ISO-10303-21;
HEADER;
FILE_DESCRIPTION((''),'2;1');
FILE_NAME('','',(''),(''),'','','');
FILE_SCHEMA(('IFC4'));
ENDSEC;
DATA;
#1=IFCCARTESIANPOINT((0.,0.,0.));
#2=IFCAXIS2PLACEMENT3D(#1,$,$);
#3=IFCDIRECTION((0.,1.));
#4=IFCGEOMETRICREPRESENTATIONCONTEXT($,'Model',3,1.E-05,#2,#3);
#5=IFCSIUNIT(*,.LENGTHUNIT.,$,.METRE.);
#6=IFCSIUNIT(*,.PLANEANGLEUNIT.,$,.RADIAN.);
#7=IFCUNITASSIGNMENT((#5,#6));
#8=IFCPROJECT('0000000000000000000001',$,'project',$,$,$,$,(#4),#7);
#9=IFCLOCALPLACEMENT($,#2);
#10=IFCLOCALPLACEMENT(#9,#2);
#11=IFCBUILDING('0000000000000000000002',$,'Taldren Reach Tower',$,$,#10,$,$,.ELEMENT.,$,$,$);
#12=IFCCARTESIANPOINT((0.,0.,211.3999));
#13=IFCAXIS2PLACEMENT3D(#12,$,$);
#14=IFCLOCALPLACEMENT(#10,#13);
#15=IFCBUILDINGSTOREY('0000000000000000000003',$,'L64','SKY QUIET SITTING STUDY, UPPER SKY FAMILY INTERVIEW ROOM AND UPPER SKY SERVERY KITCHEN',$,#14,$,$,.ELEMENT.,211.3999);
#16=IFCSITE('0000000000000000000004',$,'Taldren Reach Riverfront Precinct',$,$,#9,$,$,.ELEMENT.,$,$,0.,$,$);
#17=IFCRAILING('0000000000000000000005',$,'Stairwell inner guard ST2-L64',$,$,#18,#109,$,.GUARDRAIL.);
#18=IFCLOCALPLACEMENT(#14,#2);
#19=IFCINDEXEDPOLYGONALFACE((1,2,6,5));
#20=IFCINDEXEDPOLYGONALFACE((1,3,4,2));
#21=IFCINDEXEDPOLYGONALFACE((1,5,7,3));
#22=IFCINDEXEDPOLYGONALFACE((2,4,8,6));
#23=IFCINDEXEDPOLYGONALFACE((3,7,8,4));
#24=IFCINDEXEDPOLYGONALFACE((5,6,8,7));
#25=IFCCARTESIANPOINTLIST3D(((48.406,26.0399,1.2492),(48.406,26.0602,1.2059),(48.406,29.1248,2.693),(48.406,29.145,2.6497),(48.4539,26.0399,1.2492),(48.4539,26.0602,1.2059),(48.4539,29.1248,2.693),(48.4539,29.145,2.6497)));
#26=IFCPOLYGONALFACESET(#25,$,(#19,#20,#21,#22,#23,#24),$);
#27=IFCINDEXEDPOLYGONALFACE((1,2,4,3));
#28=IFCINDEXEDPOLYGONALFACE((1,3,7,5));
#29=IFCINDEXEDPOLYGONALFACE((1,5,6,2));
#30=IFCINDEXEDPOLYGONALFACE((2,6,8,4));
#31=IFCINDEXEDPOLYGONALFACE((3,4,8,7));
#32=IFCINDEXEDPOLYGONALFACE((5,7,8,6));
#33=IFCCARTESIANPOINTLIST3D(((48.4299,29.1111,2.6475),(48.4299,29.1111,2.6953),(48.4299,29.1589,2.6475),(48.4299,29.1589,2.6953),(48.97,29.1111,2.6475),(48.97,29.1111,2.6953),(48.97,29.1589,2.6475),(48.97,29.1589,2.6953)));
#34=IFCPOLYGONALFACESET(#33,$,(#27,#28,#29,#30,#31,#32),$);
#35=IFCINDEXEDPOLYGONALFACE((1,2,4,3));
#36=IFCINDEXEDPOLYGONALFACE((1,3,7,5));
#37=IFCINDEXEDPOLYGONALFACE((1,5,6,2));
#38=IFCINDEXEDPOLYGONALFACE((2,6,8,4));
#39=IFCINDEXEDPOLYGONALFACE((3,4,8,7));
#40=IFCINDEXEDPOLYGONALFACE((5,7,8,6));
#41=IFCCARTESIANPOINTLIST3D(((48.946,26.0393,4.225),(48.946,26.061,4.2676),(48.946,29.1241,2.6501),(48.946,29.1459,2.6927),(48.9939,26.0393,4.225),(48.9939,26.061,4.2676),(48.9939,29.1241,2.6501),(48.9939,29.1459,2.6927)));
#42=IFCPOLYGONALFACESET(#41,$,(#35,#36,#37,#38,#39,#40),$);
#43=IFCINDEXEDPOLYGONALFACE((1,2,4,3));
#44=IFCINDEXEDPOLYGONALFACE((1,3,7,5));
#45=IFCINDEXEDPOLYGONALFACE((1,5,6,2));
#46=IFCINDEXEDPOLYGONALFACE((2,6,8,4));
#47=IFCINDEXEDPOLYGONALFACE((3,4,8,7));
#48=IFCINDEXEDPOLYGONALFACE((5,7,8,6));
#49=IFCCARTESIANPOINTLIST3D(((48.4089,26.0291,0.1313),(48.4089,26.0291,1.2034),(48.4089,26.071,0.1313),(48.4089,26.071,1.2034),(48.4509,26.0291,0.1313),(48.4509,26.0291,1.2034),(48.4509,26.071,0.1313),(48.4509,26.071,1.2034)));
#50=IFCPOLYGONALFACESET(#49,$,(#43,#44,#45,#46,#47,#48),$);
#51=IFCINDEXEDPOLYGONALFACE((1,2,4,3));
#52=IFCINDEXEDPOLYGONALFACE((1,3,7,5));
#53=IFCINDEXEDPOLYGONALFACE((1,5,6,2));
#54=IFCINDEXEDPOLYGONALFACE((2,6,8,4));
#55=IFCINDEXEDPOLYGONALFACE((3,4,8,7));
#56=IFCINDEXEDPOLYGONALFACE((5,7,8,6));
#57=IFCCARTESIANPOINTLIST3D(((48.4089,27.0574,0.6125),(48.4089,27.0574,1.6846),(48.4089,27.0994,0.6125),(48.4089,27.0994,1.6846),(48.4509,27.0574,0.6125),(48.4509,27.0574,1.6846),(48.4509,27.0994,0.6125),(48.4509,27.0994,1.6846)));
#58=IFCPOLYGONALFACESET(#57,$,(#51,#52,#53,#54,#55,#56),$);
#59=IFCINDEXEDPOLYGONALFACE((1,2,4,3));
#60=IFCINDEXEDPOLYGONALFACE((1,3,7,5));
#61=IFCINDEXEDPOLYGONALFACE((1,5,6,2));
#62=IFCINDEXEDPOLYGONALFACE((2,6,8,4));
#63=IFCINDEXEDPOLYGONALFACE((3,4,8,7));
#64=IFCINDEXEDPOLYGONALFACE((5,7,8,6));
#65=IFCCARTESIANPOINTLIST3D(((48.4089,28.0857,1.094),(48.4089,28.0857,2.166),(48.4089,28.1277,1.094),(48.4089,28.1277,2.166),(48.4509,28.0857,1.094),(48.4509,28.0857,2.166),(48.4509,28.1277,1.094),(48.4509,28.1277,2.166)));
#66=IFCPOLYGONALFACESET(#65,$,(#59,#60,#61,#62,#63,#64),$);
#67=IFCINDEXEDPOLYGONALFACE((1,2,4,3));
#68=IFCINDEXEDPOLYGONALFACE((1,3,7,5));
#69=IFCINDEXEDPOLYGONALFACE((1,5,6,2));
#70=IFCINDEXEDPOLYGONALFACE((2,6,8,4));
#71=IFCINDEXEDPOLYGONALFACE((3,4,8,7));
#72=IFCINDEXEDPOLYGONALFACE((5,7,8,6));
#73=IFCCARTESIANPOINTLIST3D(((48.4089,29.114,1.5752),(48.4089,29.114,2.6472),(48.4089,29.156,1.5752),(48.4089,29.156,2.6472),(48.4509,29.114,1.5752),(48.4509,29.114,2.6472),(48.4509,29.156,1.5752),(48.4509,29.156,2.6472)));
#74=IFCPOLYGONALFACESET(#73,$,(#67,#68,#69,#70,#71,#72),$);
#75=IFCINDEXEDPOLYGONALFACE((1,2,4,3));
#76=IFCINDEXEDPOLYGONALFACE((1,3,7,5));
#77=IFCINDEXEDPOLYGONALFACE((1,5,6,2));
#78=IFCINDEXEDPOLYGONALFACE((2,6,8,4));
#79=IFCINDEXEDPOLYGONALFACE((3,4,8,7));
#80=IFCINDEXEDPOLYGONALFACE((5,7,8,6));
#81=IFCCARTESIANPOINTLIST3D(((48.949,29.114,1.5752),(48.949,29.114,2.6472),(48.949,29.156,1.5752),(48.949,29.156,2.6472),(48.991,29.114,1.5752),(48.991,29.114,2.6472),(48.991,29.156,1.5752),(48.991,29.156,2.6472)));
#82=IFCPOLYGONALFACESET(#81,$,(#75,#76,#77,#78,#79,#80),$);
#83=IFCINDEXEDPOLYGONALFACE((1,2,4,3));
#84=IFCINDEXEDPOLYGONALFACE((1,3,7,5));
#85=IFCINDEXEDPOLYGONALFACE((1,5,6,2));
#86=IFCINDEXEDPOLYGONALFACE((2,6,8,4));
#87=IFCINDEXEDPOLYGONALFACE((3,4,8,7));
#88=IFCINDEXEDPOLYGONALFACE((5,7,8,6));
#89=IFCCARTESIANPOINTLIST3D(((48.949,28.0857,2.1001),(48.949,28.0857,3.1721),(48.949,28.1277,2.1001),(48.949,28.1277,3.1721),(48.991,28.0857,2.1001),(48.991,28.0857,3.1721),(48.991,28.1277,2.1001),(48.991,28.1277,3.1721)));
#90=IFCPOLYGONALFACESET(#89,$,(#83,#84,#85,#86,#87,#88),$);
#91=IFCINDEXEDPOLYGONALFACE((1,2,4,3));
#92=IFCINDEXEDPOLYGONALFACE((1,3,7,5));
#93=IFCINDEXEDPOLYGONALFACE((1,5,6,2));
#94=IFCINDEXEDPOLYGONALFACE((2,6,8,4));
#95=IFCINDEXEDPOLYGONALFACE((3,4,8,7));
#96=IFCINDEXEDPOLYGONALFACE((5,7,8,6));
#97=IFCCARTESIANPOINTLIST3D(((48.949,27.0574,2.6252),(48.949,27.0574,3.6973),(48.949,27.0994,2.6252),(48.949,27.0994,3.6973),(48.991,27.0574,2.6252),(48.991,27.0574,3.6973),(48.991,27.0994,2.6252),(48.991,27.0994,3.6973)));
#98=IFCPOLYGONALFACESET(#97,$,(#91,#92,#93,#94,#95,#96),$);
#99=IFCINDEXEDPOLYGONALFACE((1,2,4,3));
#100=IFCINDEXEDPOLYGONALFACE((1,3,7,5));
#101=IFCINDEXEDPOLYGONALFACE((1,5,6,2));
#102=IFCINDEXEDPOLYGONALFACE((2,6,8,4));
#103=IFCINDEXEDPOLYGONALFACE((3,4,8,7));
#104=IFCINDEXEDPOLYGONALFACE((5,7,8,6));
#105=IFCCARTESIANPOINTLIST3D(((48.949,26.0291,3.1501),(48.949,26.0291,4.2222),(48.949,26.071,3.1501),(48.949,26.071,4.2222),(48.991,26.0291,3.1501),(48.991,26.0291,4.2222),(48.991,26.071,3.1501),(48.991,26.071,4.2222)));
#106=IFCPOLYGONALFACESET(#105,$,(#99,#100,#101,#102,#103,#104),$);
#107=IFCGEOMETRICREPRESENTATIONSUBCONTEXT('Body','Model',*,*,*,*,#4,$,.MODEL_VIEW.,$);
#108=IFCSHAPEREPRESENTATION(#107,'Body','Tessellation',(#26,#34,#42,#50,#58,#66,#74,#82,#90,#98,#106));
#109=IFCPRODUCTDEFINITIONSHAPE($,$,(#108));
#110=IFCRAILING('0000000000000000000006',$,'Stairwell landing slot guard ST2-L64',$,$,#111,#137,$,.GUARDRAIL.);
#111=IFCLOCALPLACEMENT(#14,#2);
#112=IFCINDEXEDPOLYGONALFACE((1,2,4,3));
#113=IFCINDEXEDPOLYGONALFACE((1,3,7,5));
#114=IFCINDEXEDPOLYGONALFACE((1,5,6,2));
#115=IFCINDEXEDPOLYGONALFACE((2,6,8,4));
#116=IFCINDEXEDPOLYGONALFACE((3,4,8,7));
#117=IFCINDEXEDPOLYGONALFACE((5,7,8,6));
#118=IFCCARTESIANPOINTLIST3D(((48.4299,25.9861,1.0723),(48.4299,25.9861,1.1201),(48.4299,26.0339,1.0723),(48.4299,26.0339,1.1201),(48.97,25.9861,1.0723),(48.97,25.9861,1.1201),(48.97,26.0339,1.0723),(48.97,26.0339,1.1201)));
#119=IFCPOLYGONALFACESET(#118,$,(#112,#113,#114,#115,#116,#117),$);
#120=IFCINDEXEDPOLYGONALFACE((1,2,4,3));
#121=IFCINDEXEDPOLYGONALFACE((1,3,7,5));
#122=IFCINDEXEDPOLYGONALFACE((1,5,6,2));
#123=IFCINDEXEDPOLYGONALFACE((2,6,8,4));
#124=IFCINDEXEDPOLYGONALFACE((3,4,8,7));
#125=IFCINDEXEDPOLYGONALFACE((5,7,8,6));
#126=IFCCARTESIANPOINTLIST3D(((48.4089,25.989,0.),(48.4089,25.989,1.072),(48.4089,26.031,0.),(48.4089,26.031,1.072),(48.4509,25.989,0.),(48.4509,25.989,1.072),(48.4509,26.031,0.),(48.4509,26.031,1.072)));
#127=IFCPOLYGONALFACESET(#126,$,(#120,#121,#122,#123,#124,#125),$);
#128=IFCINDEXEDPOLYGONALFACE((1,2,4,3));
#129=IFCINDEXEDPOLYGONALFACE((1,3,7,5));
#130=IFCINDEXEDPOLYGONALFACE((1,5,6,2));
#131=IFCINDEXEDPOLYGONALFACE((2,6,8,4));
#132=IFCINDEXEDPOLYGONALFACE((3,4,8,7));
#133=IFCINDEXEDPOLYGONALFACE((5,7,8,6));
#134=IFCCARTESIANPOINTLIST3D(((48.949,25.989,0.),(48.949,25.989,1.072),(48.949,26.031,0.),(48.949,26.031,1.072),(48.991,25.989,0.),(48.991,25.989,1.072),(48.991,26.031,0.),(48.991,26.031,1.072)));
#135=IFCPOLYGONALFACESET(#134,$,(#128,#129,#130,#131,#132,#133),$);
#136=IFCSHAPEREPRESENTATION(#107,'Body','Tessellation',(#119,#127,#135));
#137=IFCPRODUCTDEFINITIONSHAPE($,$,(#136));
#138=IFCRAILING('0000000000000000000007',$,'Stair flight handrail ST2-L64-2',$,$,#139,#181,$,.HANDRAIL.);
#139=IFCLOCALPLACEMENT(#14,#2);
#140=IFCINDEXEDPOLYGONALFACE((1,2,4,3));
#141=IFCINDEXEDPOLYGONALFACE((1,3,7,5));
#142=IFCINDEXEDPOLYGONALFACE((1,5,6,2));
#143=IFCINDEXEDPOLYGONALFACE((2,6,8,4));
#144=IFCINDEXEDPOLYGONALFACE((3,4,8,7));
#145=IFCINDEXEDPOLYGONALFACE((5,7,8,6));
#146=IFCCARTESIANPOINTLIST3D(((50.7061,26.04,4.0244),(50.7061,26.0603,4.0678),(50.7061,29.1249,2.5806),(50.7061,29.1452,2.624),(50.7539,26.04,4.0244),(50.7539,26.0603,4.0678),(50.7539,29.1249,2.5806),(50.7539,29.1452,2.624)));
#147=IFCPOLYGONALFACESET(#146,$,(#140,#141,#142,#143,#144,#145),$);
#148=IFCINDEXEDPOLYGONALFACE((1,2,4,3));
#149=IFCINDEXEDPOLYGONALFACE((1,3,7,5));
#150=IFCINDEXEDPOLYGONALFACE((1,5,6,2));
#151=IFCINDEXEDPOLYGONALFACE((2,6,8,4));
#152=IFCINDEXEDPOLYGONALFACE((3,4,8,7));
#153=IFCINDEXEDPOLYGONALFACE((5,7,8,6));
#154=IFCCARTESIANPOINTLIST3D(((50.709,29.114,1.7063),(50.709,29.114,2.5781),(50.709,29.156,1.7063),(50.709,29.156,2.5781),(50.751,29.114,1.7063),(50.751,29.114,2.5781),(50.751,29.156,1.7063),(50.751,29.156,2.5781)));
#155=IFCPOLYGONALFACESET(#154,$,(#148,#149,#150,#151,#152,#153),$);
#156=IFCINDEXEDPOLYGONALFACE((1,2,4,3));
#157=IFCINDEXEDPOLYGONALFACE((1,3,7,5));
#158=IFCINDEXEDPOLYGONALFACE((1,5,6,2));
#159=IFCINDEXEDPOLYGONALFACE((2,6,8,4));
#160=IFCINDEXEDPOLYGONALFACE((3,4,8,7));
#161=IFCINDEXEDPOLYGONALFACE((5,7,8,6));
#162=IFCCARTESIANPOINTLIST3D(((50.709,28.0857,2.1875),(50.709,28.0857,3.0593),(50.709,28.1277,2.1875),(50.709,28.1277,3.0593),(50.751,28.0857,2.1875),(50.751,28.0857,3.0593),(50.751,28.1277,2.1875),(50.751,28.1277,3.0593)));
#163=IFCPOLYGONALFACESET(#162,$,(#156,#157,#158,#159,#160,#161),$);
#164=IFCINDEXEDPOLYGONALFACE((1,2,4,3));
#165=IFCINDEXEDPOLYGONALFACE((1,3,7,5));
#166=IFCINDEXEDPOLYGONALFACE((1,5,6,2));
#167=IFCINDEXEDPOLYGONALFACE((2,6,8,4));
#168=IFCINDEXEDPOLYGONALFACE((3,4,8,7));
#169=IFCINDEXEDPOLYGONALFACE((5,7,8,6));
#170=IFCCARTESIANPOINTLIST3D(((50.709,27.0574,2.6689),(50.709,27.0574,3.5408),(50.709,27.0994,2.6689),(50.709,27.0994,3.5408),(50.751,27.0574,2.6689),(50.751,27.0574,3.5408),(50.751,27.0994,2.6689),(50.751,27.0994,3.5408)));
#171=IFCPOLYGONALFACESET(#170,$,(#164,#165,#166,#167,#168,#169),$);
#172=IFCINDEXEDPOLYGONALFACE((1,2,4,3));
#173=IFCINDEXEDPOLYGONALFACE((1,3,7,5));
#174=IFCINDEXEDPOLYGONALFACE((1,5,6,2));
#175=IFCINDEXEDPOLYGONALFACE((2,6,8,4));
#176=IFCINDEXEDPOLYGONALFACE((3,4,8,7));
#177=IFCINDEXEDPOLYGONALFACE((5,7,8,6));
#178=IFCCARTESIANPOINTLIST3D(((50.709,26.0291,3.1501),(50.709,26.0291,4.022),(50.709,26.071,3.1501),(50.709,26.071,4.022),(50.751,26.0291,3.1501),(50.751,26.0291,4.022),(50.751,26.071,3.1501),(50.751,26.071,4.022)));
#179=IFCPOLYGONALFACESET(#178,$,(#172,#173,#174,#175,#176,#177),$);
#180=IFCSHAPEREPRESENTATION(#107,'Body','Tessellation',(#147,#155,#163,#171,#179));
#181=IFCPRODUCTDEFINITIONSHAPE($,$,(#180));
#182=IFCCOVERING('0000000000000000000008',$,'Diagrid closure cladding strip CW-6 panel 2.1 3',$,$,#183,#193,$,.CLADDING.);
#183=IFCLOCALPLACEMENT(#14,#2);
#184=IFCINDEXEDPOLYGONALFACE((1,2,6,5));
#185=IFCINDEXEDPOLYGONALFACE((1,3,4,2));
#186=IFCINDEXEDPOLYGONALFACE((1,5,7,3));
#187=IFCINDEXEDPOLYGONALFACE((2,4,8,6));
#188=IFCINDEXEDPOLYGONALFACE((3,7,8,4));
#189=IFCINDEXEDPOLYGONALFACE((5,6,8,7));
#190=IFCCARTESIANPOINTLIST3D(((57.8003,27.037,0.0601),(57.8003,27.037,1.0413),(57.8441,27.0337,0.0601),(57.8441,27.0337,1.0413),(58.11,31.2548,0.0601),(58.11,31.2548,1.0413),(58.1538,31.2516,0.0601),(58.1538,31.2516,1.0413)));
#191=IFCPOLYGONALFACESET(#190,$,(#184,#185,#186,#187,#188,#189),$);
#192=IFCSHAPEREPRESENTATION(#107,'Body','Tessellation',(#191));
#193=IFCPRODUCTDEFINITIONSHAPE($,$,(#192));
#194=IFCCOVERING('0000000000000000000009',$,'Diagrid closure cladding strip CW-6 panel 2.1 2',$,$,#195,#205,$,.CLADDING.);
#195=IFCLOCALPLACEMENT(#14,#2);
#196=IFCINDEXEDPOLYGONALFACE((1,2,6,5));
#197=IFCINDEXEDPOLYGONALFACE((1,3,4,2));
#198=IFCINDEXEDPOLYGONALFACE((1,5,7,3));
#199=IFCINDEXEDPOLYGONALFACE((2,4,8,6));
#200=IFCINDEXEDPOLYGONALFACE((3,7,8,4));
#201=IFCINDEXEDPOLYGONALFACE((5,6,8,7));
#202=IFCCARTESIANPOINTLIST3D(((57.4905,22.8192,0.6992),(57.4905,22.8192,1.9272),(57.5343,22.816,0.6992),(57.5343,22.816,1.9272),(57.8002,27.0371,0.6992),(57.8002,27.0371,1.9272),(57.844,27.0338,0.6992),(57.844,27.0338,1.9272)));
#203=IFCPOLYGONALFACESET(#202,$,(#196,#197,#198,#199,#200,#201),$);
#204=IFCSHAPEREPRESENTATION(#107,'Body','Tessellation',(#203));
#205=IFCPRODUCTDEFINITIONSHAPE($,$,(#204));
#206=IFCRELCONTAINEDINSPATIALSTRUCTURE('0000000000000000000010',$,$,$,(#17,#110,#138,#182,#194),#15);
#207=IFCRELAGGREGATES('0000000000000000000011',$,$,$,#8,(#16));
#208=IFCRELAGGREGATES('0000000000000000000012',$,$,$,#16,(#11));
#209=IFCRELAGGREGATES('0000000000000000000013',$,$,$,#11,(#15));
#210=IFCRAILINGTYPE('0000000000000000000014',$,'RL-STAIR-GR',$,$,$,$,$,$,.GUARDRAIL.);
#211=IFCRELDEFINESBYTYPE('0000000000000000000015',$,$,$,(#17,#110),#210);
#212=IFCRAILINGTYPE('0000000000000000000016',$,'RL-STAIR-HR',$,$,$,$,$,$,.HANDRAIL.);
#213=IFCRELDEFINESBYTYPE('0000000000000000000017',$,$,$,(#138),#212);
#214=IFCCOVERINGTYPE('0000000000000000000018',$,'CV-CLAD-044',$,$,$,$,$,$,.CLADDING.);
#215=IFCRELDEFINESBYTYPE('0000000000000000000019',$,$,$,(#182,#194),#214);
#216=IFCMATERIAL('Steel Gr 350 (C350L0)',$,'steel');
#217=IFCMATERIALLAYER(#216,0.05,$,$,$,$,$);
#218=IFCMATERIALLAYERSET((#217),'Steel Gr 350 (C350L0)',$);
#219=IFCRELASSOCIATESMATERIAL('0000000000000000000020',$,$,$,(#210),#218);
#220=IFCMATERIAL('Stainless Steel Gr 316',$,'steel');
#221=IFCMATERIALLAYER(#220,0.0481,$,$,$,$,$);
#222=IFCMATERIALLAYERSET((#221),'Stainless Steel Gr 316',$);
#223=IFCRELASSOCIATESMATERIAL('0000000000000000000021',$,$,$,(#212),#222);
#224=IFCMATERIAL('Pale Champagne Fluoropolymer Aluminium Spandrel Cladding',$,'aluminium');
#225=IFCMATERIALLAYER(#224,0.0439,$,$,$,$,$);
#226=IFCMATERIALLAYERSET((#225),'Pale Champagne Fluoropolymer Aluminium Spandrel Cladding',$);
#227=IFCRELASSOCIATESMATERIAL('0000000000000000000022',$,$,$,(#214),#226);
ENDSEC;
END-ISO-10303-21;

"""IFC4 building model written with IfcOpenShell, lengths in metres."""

from ifc_helpers import new_model, si_unit, direction, frame, origin, origin_2d, place, context, subcontext, project, spatial, rectangle, extrude, source, transform, mapped, material, layer, layer_set, type_object, element, save


model = new_model("IFC4")

# Units and contexts
model_context = context("Model", 3, precision=1e-05, world=origin(), true_north=direction((0.0, 1.0)))
body_context = subcontext(model_context, "Body", "Model", "MODEL_VIEW")
ifc_project = project(units=[si_unit("LENGTHUNIT", "METRE"), si_unit("PLANEANGLEUNIT", "RADIAN")], contexts=[model_context])

# Site, building, storey
site_placement = place(None, origin())
site = spatial("IfcSite", under=ifc_project, at=site_placement, Name="Taldren Reach Riverfront Precinct", CompositionType="ELEMENT", RefElevation=0.0)
building_placement = place(site_placement, origin())
building = spatial("IfcBuilding", under=site, at=building_placement, Name="Taldren Reach Tower", CompositionType="ELEMENT")
storey_placement = place(building_placement, frame((0.0, 0.0, 211.3999)))
storey = spatial("IfcBuildingStorey", under=building, at=storey_placement, Name="L64", Description="SKY QUIET SITTING STUDY, UPPER SKY FAMILY INTERVIEW ROOM AND UPPER SKY SERVERY KITCHEN", CompositionType="ELEMENT", Elevation=211.3999)

# Shared definitions
ifc_material_1 = material(Name="Steel Gr 350 (C350L0)", Category="steel")

# Railings
ifc_layer_1 = layer(ifc_material_1, 0.05)
ifc_layer_set_1 = layer_set([ifc_layer_1], Name="Steel Gr 350 (C350L0)")
railing_type_1 = type_object("IfcRailingType", Name="RL-STAIR-GR", PredefinedType="GUARDRAIL", material=ifc_layer_set_1)
railing_1_placement = place(storey_placement, frame((48.4299, 26.05, 0.1313)))
element("IfcRailing", 1, at=railing_1_placement, inside=storey, type_object=railing_type_1, Name="Stairwell inner guard ST2-L64", PredefinedType="GUARDRAIL", context=body_context, shape_type="SweptSolid", body=[
    extrude(rectangle(XDim=0.0479, YDim=0.0479, at=origin_2d()), frame((0.0, 0.0, 1.0962), z_axis=(0.0, 0.90571, 0.423898), x_axis=(-1.0, 0.0, 0.0)), (0.0, 0.0, 1.0), 3.406),
    extrude(rectangle(XDim=0.0479, YDim=0.0479, at=origin_2d()), frame((0.0, 3.085, 2.54), z_axis=(1.0, 0.0, 0.0), x_axis=(0.0, 1.0, 0.0)), (0.0, 0.0, 1.0), 0.54),
    extrude(rectangle(XDim=0.0479, YDim=0.0479, at=origin_2d()), frame((0.54, 3.085, 2.54), z_axis=(0.0, -0.890646, 0.454697), x_axis=(1.0, 0.0, 0.0)), (0.0, 0.0, 1.0), 3.4636),
    extrude(rectangle(XDim=0.042, YDim=0.042, at=origin_2d()), origin(), (0.0, 0.0, 1.0), 1.072),
    extrude(rectangle(XDim=0.042, YDim=0.042, at=origin_2d()), frame((0.0, 1.0283, 0.4812)), (0.0, 0.0, 1.0), 1.072),
    extrude(rectangle(XDim=0.042, YDim=0.042, at=origin_2d()), frame((0.0, 2.0566, 0.9626)), (0.0, 0.0, 1.0), 1.072),
    extrude(rectangle(XDim=0.042, YDim=0.042, at=origin_2d()), frame((0.0, 3.085, 1.4438)), (0.0, 0.0, 1.0), 1.072),
    extrude(rectangle(XDim=0.042, YDim=0.042, at=origin_2d()), frame((0.54, 3.085, 1.4438)), (0.0, 0.0, 1.0), 1.072),
    extrude(rectangle(XDim=0.042, YDim=0.042, at=origin_2d()), frame((0.54, 2.0566, 1.9688)), (0.0, 0.0, 1.0), 1.072),
    extrude(rectangle(XDim=0.042, YDim=0.042, at=origin_2d()), frame((0.54, 1.0283, 2.4939)), (0.0, 0.0, 1.0), 1.072),
    extrude(rectangle(XDim=0.042, YDim=0.042, at=origin_2d()), frame((0.54, 0.0, 3.0188)), (0.0, 0.0, 1.0), 1.072),
])
railing_2_placement = place(storey_placement, frame((48.4299, 26.01, 0.0)))
element("IfcRailing", 2, at=railing_2_placement, inside=storey, type_object=railing_type_1, Name="Stairwell landing slot guard ST2-L64", PredefinedType="GUARDRAIL", context=body_context, shape_type="SweptSolid", body=[
    extrude(rectangle(XDim=0.0479, YDim=0.0479, at=origin_2d()), frame((0.0, 0.0, 1.0962), z_axis=(1.0, 0.0, 0.0), x_axis=(0.0, 1.0, 0.0)), (0.0, 0.0, 1.0), 0.54),
    extrude(rectangle(XDim=0.042, YDim=0.042, at=origin_2d()), origin(), (0.0, 0.0, 1.0), 1.072),
    extrude(rectangle(XDim=0.042, YDim=0.042, at=origin_2d()), frame((0.54, 0.0, 0.0)), (0.0, 0.0, 1.0), 1.072),
])
ifc_material_2 = material(Name="Stainless Steel Gr 316", Category="steel")
ifc_layer_2 = layer(ifc_material_2, 0.0481)
ifc_layer_set_2 = layer_set([ifc_layer_2], Name="Stainless Steel Gr 316")
railing_type_2 = type_object("IfcRailingType", Name="RL-STAIR-HR", PredefinedType="HANDRAIL", material=ifc_layer_set_2)
railing_3_placement = place(storey_placement, frame((50.73, 29.135, 1.7063)))
element("IfcRailing", 3, at=railing_3_placement, inside=storey, type_object=railing_type_2, Name="Stair flight handrail ST2-L64-2", PredefinedType="HANDRAIL", context=body_context, shape_type="SweptSolid", body=[
    extrude(rectangle(XDim=0.0479, YDim=0.0479, at=origin_2d()), frame((0.0, 0.0, 0.896), z_axis=(0.0, -0.90571, 0.423898), x_axis=(1.0, 0.0, 0.0)), (0.0, 0.0, 1.0), 3.406),
    extrude(rectangle(XDim=0.042, YDim=0.042, at=origin_2d()), origin(), (0.0, 0.0, 1.0), 0.8718),
    extrude(rectangle(XDim=0.042, YDim=0.042, at=origin_2d()), frame((0.0, -1.0283, 0.4812)), (0.0, 0.0, 1.0), 0.8718),
    extrude(rectangle(XDim=0.042, YDim=0.042, at=origin_2d()), frame((0.0, -2.0566, 0.9626)), (0.0, 0.0, 1.0), 0.8718),
    extrude(rectangle(XDim=0.042, YDim=0.042, at=origin_2d()), frame((0.0, -3.085, 1.4438)), (0.0, 0.0, 1.0), 0.8718),
])

# Coverings
ifc_material_3 = material(Name="Pale Champagne Fluoropolymer Aluminium Spandrel Cladding", Category="aluminium")
ifc_layer_3 = layer(ifc_material_3, 0.0439)
ifc_layer_set_3 = layer_set([ifc_layer_3], Name="Pale Champagne Fluoropolymer Aluminium Spandrel Cladding")
covering_type = type_object("IfcCoveringType", Name="CV-CLAD-044", PredefinedType="CLADDING", material=ifc_layer_set_3)
shared_shape_1 = source(origin(), body_context, "Body", "SweptSolid", [
    extrude(rectangle(XDim=4.2292, YDim=0.0439, at=origin_2d()), origin(), (0.0, 0.0, 1.0), 0.9812),
])
covering_1_placement = place(storey_placement, frame((57.9771, 29.1443, 0.0601), z_axis=(0.0, 0.0, 1.0), x_axis=(0.073238, 0.997314, 0.0)))
element("IfcCovering", 4, at=covering_1_placement, inside=storey, type_object=covering_type, Name="Diagrid closure cladding strip CW-6 panel 2.1 3", PredefinedType="CLADDING", context=body_context, shape_type="MappedRepresentation", body=[
    mapped(shared_shape_1, transform((0.0, 0.0, 0.0), scale=1.0)),
])
shared_shape_2 = source(origin(), body_context, "Body", "SweptSolid", [
    extrude(rectangle(XDim=4.2292, YDim=0.0439, at=origin_2d()), origin(), (0.0, 0.0, 1.0), 1.228),
])
covering_2_placement = place(storey_placement, frame((57.6672, 24.9265, 0.6992), z_axis=(0.0, 0.0, 1.0), x_axis=(0.073238, 0.997314, 0.0)))
element("IfcCovering", 5, at=covering_2_placement, inside=storey, type_object=covering_type, Name="Diagrid closure cladding strip CW-6 panel 2.1 2", PredefinedType="CLADDING", context=body_context, shape_type="MappedRepresentation", body=[
    mapped(shared_shape_2, transform((0.0, 0.0, 0.0), scale=1.0)),
])

save(model, "model.ifc")
